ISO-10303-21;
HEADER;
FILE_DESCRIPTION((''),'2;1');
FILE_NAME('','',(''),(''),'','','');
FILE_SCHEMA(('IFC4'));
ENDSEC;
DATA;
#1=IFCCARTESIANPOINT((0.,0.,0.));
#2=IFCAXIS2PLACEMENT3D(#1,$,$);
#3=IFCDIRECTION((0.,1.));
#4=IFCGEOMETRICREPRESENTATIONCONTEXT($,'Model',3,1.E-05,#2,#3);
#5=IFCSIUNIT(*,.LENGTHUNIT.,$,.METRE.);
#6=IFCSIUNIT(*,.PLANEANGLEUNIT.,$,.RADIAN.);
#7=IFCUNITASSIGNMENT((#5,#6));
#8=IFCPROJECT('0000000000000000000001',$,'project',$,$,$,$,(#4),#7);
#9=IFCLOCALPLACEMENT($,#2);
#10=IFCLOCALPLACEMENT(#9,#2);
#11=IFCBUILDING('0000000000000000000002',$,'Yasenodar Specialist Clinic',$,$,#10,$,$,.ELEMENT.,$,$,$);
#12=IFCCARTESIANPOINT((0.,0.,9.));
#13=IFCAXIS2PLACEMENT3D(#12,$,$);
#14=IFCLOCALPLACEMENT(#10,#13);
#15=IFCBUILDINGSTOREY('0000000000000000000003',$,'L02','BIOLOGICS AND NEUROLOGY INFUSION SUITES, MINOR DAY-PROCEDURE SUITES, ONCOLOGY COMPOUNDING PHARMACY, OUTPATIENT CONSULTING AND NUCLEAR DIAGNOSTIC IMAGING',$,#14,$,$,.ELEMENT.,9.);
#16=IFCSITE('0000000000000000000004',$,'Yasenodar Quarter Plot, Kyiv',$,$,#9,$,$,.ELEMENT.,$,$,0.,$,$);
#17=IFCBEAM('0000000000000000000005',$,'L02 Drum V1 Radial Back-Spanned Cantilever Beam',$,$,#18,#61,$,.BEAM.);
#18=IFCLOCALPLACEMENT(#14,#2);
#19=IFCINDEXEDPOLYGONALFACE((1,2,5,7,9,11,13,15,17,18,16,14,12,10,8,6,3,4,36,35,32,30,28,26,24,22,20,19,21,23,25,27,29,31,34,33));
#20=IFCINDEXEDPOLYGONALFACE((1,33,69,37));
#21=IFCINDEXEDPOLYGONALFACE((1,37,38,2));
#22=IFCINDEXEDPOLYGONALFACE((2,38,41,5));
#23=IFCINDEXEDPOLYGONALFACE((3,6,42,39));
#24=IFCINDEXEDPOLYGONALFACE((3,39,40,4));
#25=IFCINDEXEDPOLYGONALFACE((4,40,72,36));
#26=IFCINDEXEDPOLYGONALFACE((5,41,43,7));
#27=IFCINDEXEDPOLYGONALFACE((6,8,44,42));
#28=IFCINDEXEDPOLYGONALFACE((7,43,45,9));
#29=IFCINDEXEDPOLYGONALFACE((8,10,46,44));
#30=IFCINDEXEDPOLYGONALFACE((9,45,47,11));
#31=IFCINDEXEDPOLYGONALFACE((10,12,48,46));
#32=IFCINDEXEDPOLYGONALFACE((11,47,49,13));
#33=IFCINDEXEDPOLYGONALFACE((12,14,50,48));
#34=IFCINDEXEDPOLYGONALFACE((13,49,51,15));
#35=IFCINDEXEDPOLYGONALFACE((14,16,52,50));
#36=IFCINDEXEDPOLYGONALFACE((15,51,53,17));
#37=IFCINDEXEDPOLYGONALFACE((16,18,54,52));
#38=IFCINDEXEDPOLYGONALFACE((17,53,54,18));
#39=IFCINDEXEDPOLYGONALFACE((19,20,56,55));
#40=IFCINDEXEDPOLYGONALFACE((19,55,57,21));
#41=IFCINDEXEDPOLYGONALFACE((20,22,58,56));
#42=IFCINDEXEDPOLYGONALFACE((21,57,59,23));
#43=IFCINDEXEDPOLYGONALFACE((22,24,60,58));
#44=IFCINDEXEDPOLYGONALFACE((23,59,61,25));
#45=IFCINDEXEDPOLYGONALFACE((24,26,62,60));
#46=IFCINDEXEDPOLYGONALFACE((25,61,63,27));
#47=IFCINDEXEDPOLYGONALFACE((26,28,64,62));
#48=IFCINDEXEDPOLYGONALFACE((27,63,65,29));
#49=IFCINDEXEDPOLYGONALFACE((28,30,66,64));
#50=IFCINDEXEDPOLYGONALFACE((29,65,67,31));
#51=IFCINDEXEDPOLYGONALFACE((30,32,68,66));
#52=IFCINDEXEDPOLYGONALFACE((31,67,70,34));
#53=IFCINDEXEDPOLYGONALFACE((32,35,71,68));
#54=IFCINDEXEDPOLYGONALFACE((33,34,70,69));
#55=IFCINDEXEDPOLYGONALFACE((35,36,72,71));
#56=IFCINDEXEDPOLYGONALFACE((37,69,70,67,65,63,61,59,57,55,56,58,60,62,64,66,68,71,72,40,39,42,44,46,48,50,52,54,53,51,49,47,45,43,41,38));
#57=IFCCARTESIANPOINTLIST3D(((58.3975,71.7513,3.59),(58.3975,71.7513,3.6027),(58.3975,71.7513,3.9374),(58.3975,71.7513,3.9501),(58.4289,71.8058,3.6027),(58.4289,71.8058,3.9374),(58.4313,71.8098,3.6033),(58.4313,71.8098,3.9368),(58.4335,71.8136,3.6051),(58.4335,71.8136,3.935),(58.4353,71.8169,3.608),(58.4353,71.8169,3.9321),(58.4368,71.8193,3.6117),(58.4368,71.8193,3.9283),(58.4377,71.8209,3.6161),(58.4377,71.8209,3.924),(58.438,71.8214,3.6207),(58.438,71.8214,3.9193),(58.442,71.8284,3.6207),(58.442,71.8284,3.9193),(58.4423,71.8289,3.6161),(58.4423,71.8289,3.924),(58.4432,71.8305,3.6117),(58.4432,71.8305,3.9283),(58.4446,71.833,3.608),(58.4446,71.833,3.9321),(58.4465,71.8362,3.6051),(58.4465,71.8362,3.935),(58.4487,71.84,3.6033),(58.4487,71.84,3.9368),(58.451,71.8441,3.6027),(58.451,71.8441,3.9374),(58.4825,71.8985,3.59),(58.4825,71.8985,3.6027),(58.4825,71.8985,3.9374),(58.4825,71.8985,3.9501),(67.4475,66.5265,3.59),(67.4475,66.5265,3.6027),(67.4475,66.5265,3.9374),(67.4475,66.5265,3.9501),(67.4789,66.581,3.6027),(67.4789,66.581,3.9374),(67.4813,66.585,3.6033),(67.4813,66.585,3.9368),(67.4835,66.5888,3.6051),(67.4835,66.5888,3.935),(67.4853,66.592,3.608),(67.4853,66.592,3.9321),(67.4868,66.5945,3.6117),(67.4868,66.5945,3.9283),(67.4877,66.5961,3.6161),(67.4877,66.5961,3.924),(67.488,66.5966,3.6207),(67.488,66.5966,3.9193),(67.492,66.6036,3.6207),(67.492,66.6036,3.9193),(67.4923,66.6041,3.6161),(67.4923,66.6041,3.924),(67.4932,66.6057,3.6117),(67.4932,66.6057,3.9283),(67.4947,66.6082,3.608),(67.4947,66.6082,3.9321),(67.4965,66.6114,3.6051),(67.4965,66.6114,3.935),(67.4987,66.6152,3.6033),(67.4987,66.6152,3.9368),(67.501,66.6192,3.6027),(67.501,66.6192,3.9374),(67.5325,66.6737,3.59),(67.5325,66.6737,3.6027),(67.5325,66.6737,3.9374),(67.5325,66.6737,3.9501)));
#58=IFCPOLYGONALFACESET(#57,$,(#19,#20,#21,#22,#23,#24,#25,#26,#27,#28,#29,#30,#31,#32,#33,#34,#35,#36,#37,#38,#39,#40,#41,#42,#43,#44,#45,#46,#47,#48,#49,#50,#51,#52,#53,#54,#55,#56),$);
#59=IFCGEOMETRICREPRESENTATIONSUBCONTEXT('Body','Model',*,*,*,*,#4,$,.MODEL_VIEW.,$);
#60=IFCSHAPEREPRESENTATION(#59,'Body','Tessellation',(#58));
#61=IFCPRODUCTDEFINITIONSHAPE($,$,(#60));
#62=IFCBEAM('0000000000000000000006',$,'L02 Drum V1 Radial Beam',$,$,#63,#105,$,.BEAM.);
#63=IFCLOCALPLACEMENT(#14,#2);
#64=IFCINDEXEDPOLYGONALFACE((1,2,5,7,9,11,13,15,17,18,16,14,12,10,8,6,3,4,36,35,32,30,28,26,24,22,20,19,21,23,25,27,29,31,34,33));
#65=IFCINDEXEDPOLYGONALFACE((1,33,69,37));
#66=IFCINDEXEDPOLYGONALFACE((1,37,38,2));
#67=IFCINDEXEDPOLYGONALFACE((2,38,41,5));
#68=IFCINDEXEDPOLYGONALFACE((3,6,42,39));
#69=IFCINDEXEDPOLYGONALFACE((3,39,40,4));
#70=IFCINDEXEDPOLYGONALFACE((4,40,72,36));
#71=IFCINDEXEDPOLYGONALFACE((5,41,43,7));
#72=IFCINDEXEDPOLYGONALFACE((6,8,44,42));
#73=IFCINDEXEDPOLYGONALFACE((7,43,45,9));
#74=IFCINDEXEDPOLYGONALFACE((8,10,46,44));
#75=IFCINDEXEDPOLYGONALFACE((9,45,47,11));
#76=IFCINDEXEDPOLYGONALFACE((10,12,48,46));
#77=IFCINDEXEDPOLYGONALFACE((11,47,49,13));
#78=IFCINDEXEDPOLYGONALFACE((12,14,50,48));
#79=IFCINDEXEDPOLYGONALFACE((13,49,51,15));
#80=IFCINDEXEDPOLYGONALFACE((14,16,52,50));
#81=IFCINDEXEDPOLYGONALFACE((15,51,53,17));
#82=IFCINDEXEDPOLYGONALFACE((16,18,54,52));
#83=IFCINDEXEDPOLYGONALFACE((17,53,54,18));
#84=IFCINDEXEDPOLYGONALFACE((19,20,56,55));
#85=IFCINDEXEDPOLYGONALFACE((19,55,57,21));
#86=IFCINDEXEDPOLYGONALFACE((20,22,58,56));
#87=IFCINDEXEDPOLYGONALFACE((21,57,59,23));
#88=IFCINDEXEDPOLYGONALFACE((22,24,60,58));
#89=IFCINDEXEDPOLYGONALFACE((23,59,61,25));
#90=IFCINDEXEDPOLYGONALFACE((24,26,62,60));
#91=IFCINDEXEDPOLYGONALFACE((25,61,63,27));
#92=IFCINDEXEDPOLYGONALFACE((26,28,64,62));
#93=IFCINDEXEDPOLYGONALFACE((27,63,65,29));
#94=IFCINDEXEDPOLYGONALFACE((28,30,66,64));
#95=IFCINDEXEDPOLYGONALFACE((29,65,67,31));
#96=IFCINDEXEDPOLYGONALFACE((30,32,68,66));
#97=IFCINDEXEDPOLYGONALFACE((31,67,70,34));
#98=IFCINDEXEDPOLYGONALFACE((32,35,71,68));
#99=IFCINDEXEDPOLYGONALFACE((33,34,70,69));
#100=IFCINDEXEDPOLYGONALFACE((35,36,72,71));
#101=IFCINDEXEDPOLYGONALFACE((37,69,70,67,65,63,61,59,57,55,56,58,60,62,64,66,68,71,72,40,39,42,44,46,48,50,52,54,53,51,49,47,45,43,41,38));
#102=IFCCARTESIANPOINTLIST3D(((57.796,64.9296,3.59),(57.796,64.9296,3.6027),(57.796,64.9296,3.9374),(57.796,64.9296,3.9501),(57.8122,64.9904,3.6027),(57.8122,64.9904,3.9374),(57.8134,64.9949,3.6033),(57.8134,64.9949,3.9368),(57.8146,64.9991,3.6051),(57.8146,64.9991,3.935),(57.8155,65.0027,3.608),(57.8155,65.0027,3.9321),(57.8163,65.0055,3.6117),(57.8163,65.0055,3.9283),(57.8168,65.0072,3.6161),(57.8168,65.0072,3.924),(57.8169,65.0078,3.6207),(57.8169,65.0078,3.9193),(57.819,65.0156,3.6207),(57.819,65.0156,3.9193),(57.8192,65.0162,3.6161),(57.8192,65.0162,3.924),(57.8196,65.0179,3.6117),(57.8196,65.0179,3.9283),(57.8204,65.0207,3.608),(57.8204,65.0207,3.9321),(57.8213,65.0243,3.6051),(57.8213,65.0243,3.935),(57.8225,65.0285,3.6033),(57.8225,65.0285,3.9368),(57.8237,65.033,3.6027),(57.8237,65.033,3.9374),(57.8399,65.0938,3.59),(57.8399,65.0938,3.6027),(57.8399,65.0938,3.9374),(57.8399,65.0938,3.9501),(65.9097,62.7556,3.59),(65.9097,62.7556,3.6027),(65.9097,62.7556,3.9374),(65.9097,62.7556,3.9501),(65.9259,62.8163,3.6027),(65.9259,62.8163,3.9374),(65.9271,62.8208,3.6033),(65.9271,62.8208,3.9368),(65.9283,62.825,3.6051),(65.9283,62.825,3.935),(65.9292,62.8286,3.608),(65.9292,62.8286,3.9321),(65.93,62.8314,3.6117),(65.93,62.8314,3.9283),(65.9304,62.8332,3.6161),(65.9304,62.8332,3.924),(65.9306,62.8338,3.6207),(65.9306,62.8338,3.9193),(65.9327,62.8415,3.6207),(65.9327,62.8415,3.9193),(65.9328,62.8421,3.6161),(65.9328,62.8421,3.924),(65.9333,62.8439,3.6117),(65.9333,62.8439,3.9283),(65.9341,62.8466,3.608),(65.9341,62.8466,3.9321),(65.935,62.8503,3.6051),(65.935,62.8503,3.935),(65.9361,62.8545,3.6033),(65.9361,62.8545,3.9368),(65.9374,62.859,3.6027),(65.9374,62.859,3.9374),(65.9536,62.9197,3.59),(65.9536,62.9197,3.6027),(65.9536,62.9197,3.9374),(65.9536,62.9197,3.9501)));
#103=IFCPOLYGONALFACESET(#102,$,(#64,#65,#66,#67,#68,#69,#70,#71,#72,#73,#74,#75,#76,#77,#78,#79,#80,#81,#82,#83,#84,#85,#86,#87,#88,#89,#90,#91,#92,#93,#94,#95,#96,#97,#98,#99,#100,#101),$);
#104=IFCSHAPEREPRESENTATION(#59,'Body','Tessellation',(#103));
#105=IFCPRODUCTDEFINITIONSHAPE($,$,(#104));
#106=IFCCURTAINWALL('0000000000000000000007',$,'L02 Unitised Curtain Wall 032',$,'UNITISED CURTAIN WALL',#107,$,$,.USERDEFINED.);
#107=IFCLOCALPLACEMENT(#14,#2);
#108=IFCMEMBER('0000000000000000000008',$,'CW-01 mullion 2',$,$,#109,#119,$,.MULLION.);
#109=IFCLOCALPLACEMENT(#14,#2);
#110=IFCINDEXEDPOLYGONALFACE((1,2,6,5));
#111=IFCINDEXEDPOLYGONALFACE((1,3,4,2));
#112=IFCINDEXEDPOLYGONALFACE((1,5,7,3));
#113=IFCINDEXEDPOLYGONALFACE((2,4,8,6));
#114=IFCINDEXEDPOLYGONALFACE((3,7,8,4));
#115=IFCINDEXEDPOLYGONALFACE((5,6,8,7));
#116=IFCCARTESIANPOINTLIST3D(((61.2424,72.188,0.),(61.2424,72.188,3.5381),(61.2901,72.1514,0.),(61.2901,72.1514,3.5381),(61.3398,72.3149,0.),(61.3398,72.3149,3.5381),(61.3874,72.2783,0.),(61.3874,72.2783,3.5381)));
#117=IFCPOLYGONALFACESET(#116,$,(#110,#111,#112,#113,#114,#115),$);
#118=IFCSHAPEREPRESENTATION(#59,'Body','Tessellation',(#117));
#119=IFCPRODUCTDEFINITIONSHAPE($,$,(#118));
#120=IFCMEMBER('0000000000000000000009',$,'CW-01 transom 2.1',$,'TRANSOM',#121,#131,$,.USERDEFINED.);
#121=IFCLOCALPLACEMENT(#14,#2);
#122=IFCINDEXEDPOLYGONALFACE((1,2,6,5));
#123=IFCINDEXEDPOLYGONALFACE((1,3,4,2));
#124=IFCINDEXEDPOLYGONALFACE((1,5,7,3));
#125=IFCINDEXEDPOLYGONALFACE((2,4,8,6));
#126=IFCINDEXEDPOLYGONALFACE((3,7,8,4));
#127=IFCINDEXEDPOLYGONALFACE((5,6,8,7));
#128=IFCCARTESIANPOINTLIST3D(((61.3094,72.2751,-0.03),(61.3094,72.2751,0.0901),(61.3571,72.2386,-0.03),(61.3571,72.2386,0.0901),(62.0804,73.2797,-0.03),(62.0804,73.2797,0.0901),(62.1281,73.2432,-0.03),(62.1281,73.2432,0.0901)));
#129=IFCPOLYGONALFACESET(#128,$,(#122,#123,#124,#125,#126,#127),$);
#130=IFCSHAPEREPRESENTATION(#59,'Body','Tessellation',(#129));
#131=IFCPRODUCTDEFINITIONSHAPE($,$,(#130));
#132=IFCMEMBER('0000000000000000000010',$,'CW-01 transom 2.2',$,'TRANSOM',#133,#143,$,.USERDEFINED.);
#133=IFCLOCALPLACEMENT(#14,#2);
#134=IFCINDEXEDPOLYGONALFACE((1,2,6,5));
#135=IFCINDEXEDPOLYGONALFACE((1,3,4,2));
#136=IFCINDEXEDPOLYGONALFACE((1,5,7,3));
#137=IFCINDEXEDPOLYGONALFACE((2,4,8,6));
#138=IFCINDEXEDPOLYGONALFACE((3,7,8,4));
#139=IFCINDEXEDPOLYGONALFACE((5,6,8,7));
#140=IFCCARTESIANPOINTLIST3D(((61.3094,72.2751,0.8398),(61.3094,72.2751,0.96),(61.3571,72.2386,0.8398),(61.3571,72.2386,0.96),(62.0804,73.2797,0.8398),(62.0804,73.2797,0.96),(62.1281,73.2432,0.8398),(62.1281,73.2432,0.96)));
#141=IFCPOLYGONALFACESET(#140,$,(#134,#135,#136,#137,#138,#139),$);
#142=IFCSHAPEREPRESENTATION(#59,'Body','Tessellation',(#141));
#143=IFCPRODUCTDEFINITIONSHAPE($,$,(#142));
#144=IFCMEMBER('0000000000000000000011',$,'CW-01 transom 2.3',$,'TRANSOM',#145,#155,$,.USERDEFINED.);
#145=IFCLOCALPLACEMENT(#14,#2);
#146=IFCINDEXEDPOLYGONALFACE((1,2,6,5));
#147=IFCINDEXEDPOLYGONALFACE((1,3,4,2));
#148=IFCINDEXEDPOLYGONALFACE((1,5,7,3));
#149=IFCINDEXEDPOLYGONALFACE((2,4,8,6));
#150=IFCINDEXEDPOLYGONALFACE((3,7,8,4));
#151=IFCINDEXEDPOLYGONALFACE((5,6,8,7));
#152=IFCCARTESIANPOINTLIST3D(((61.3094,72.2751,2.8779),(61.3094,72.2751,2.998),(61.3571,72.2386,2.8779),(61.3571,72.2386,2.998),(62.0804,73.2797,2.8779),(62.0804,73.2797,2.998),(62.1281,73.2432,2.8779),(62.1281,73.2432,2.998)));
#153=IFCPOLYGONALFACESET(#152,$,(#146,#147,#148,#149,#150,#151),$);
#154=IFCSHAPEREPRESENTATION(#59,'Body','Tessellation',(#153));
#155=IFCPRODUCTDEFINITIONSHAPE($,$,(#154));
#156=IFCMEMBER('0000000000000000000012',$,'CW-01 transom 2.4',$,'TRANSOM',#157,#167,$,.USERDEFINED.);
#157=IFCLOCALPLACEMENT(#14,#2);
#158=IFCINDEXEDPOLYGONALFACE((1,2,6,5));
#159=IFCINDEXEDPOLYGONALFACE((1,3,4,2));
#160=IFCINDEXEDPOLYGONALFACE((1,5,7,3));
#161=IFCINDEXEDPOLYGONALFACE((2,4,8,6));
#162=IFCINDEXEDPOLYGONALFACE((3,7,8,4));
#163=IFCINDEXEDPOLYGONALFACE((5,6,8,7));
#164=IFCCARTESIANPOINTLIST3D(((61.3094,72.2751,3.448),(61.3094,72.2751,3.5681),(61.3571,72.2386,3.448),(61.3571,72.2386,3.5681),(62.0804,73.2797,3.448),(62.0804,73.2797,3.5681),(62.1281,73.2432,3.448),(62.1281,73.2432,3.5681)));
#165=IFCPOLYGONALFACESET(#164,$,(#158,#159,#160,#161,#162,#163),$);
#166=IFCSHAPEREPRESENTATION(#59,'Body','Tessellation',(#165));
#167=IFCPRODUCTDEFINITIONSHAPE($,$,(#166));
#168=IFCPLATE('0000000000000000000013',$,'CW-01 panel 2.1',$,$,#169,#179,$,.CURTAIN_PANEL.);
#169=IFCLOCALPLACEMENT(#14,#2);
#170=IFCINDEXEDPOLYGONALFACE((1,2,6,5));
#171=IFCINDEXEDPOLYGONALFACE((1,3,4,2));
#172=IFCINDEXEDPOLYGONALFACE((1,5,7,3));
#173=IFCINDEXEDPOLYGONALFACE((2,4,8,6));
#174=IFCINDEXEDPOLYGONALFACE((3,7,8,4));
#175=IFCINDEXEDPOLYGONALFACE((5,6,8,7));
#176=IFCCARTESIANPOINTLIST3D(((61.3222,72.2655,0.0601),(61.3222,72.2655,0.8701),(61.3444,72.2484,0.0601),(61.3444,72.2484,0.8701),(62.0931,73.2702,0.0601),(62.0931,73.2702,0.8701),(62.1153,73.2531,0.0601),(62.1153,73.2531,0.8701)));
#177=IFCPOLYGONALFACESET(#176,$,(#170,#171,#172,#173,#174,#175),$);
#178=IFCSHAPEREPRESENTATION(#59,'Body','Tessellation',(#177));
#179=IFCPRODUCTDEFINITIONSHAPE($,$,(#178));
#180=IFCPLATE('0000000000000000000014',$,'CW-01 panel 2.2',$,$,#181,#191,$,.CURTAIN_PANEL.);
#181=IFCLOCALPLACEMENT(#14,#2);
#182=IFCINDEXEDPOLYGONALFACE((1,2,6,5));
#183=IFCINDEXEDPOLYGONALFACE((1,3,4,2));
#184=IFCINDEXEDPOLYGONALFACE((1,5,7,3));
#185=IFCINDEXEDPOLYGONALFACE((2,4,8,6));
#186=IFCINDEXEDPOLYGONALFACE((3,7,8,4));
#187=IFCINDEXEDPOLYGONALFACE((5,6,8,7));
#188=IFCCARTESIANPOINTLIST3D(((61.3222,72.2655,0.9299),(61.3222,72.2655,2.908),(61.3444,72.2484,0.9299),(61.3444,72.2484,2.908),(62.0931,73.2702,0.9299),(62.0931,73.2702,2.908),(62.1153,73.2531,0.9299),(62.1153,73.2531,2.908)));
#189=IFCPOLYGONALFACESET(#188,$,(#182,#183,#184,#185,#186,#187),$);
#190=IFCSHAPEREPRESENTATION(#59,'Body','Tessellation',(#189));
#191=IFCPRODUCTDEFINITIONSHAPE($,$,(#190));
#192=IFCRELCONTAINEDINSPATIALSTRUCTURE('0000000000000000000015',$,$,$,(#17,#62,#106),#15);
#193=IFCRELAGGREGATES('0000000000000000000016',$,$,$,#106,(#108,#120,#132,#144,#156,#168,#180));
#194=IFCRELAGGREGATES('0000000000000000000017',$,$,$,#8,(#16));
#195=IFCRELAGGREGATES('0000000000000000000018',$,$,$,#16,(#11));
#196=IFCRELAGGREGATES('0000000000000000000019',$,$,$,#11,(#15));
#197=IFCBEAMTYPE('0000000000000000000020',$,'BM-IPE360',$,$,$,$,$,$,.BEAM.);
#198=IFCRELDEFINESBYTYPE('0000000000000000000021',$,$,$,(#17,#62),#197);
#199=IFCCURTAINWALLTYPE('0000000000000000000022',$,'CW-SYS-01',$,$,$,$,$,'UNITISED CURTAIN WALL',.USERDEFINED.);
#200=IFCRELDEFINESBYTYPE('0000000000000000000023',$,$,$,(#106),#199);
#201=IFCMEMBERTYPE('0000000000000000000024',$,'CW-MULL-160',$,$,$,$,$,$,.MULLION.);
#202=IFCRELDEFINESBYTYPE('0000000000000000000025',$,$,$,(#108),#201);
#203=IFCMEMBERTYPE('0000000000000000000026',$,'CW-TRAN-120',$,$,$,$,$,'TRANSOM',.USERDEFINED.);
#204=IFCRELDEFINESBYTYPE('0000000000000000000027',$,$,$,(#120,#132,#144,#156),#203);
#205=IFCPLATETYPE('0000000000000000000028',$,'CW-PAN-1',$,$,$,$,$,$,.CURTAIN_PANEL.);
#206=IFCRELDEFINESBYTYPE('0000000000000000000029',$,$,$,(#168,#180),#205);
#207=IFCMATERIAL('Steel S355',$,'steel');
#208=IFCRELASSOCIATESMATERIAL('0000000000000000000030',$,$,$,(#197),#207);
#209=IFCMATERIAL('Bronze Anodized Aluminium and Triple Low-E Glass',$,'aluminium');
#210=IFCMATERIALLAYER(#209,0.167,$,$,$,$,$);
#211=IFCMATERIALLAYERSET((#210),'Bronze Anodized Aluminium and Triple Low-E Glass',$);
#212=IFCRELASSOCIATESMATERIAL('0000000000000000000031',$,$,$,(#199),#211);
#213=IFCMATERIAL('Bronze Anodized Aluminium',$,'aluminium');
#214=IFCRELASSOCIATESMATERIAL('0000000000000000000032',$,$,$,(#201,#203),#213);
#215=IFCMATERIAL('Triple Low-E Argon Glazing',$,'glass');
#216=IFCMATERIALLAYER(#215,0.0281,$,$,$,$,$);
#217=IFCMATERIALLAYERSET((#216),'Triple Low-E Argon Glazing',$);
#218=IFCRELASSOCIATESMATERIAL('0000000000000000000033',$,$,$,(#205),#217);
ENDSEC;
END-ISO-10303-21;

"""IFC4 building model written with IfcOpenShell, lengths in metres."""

from ifc_helpers import new_model, si_unit, direction, frame, origin, origin_2d, place, context, subcontext, project, spatial, rectangle, i_section, extrude, material, layer, layer_set, material_profile, profile_set, type_object, element, aggregate, save


model = new_model("IFC4")

# Units and contexts
model_context = context("Model", 3, precision=1e-05, world=origin(), true_north=direction((0.0, 1.0)))
body_context = subcontext(model_context, "Body", "Model", "MODEL_VIEW")
ifc_project = project(units=[si_unit("LENGTHUNIT", "METRE"), si_unit("PLANEANGLEUNIT", "RADIAN")], contexts=[model_context])

# Site, building, storey
site_placement = place(None, origin())
site = spatial("IfcSite", under=ifc_project, at=site_placement, Name="Yasenodar Quarter Plot, Kyiv", CompositionType="ELEMENT", RefElevation=0.0)
building_placement = place(site_placement, origin())
building = spatial("IfcBuilding", under=site, at=building_placement, Name="Yasenodar Specialist Clinic", CompositionType="ELEMENT")
storey_placement = place(building_placement, frame((0.0, 0.0, 9.0)))
storey = spatial("IfcBuildingStorey", under=building, at=storey_placement, Name="L02", Description="BIOLOGICS AND NEUROLOGY INFUSION SUITES, MINOR DAY-PROCEDURE SUITES, ONCOLOGY COMPOUNDING PHARMACY, OUTPATIENT CONSULTING AND NUCLEAR DIAGNOSTIC IMAGING", CompositionType="ELEMENT", Elevation=9.0)

# Shared definitions
ifc_material_1 = material(Name="Steel S355", Category="steel")

# Beams
ifc_material_profile_1 = material_profile(ifc_material_1, i_section(OverallWidth=0.1699, OverallDepth=0.3601, WebThickness=0.0081, FlangeThickness=0.0127, FilletRadius=0.0181, at=origin_2d()), Name="IPE 360")
ifc_profile_set_1 = profile_set([ifc_material_profile_1], Name="Steel S355")
beam_type_1 = type_object("IfcBeamType", Name="BM-IPE360", PredefinedType="BEAM", material=ifc_profile_set_1)
beam_1_placement = place(storey_placement, frame((67.49, 66.6001, 3.77), z_axis=(-0.866033, 0.499986, 0.0), x_axis=(-0.499986, -0.866033, 0.0)))
element("IfcBeam", 1, at=beam_1_placement, inside=storey, type_object=beam_type_1, Name="L02 Drum V1 Radial Back-Spanned Cantilever Beam", PredefinedType="BEAM", context=body_context, shape_type="SweptSolid", body=[
    extrude(i_section(OverallWidth=0.1699, OverallDepth=0.3601, WebThickness=0.0081, FlangeThickness=0.0127, FilletRadius=0.0181, at=origin_2d()), origin(), (0.0, 0.0, 1.0), 10.45),
])
beam_2_placement = place(storey_placement, frame((65.9316, 62.8376, 3.77), z_axis=(-0.965926, 0.258818, 0.0), x_axis=(-0.258818, -0.965926, 0.0)))
element("IfcBeam", 2, at=beam_2_placement, inside=storey, type_object=beam_type_1, Name="L02 Drum V1 Radial Beam", PredefinedType="BEAM", context=body_context, shape_type="SweptSolid", body=[
    extrude(i_section(OverallWidth=0.1699, OverallDepth=0.3601, WebThickness=0.0081, FlangeThickness=0.0127, FilletRadius=0.0181, at=origin_2d()), origin(), (0.0, 0.0, 1.0), 8.3999),
])

# Curtain wall, members, plates
ifc_material_2 = material(Name="Bronze Anodized Aluminium and Triple Low-E Glass", Category="aluminium")
ifc_layer_1 = layer(ifc_material_2, 0.167)
ifc_layer_set_1 = layer_set([ifc_layer_1], Name="Bronze Anodized Aluminium and Triple Low-E Glass")
curtain_wall_type = type_object("IfcCurtainWallType", Name="CW-SYS-01", ElementType="UNITISED CURTAIN WALL", PredefinedType="USERDEFINED", material=ifc_layer_set_1)
curtain_wall_placement = place(storey_placement, origin())
curtain_wall = element("IfcCurtainWall", 3, at=curtain_wall_placement, inside=storey, type_object=curtain_wall_type, Name="L02 Unitised Curtain Wall 032", ObjectType="UNITISED CURTAIN WALL", PredefinedType="USERDEFINED")
ifc_material_3 = material(Name="Bronze Anodized Aluminium", Category="aluminium")
ifc_material_profile_2 = material_profile(ifc_material_3, rectangle(XDim=0.0601, YDim=0.1599, at=origin_2d()), Name="CW-MULL 60x160")
ifc_profile_set_2 = profile_set([ifc_material_profile_2], Name="Bronze Anodized Aluminium")
member_type_1 = type_object("IfcMemberType", Name="CW-MULL-160", PredefinedType="MULLION", material=ifc_profile_set_2)
member_1_placement = place(storey_placement, frame((61.3149, 72.2332, 0.0), z_axis=(0.0, 0.0, 1.0), x_axis=(-0.793361, 0.608752, 0.0)))
member_1 = element("IfcMember", 4, at=member_1_placement, type_object=member_type_1, Name="CW-01 mullion 2", PredefinedType="MULLION", context=body_context, shape_type="SweptSolid", body=[
    extrude(rectangle(XDim=0.0601, YDim=0.1599, at=origin_2d()), origin(), (0.0, 0.0, 1.0), 3.5381),
])
ifc_material_profile_3 = material_profile(ifc_material_3, rectangle(XDim=0.0601, YDim=0.1201, at=origin_2d()), Name="CW-TRAN 60x120")
ifc_profile_set_3 = profile_set([ifc_material_profile_3], Name="Bronze Anodized Aluminium")
member_type_2 = type_object("IfcMemberType", Name="CW-TRAN-120", ElementType="TRANSOM", PredefinedType="USERDEFINED", material=ifc_profile_set_3)
member_2_placement = place(storey_placement, frame((61.3333, 72.2568, 0.03), z_axis=(0.608816, 0.793311, 0.0), x_axis=(-0.793311, 0.608816, 0.0)))
member_2 = element("IfcMember", 5, at=member_2_placement, type_object=member_type_2, Name="CW-01 transom 2.1", ObjectType="TRANSOM", PredefinedType="USERDEFINED", context=body_context, shape_type="SweptSolid", body=[
    extrude(rectangle(XDim=0.0601, YDim=0.1201, at=origin_2d()), origin(), (0.0, 0.0, 1.0), 1.2664),
])
member_3_placement = place(storey_placement, frame((61.3333, 72.2568, 0.8999), z_axis=(0.608816, 0.793311, 0.0), x_axis=(-0.793311, 0.608816, 0.0)))
member_3 = element("IfcMember", 6, at=member_3_placement, type_object=member_type_2, Name="CW-01 transom 2.2", ObjectType="TRANSOM", PredefinedType="USERDEFINED", context=body_context, shape_type="SweptSolid", body=[
    extrude(rectangle(XDim=0.0601, YDim=0.1201, at=origin_2d()), origin(), (0.0, 0.0, 1.0), 1.2664),
])
member_4_placement = place(storey_placement, frame((61.3333, 72.2568, 2.938), z_axis=(0.608816, 0.793311, 0.0), x_axis=(-0.793311, 0.608816, 0.0)))
member_4 = element("IfcMember", 7, at=member_4_placement, type_object=member_type_2, Name="CW-01 transom 2.3", ObjectType="TRANSOM", PredefinedType="USERDEFINED", context=body_context, shape_type="SweptSolid", body=[
    extrude(rectangle(XDim=0.0601, YDim=0.1201, at=origin_2d()), origin(), (0.0, 0.0, 1.0), 1.2664),
])
member_5_placement = place(storey_placement, frame((61.3333, 72.2568, 3.5081), z_axis=(0.608816, 0.793311, 0.0), x_axis=(-0.793311, 0.608816, 0.0)))
member_5 = element("IfcMember", 8, at=member_5_placement, type_object=member_type_2, Name="CW-01 transom 2.4", ObjectType="TRANSOM", PredefinedType="USERDEFINED", context=body_context, shape_type="SweptSolid", body=[
    extrude(rectangle(XDim=0.0601, YDim=0.1201, at=origin_2d()), origin(), (0.0, 0.0, 1.0), 1.2664),
])
ifc_material_4 = material(Name="Triple Low-E Argon Glazing", Category="glass")
ifc_layer_2 = layer(ifc_material_4, 0.0281)
ifc_layer_set_2 = layer_set([ifc_layer_2], Name="Triple Low-E Argon Glazing")
plate_type = type_object("IfcPlateType", Name="CW-PAN-1", PredefinedType="CURTAIN_PANEL", material=ifc_layer_set_2)
plate_1_placement = place(storey_placement, frame((61.7188, 72.7593, 0.0601), z_axis=(0.0, 0.0, 1.0), x_axis=(0.608752, 0.793361, 0.0)))
plate_1 = element("IfcPlate", 9, at=plate_1_placement, type_object=plate_type, Name="CW-01 panel 2.1", PredefinedType="CURTAIN_PANEL", context=body_context, shape_type="SweptSolid", body=[
    extrude(rectangle(XDim=1.2664, YDim=0.0281, at=origin_2d()), origin(), (0.0, 0.0, 1.0), 0.8101),
])
plate_2_placement = place(storey_placement, frame((61.7188, 72.7593, 0.9299), z_axis=(0.0, 0.0, 1.0), x_axis=(0.608752, 0.793361, 0.0)))
plate_2 = element("IfcPlate", 10, at=plate_2_placement, type_object=plate_type, Name="CW-01 panel 2.2", PredefinedType="CURTAIN_PANEL", context=body_context, shape_type="SweptSolid", body=[
    extrude(rectangle(XDim=1.2664, YDim=0.0281, at=origin_2d()), origin(), (0.0, 0.0, 1.0), 1.978),
])
aggregate(curtain_wall, [member_1, member_2, member_3, member_4, member_5, plate_1, plate_2])

save(model, "model.ifc")
